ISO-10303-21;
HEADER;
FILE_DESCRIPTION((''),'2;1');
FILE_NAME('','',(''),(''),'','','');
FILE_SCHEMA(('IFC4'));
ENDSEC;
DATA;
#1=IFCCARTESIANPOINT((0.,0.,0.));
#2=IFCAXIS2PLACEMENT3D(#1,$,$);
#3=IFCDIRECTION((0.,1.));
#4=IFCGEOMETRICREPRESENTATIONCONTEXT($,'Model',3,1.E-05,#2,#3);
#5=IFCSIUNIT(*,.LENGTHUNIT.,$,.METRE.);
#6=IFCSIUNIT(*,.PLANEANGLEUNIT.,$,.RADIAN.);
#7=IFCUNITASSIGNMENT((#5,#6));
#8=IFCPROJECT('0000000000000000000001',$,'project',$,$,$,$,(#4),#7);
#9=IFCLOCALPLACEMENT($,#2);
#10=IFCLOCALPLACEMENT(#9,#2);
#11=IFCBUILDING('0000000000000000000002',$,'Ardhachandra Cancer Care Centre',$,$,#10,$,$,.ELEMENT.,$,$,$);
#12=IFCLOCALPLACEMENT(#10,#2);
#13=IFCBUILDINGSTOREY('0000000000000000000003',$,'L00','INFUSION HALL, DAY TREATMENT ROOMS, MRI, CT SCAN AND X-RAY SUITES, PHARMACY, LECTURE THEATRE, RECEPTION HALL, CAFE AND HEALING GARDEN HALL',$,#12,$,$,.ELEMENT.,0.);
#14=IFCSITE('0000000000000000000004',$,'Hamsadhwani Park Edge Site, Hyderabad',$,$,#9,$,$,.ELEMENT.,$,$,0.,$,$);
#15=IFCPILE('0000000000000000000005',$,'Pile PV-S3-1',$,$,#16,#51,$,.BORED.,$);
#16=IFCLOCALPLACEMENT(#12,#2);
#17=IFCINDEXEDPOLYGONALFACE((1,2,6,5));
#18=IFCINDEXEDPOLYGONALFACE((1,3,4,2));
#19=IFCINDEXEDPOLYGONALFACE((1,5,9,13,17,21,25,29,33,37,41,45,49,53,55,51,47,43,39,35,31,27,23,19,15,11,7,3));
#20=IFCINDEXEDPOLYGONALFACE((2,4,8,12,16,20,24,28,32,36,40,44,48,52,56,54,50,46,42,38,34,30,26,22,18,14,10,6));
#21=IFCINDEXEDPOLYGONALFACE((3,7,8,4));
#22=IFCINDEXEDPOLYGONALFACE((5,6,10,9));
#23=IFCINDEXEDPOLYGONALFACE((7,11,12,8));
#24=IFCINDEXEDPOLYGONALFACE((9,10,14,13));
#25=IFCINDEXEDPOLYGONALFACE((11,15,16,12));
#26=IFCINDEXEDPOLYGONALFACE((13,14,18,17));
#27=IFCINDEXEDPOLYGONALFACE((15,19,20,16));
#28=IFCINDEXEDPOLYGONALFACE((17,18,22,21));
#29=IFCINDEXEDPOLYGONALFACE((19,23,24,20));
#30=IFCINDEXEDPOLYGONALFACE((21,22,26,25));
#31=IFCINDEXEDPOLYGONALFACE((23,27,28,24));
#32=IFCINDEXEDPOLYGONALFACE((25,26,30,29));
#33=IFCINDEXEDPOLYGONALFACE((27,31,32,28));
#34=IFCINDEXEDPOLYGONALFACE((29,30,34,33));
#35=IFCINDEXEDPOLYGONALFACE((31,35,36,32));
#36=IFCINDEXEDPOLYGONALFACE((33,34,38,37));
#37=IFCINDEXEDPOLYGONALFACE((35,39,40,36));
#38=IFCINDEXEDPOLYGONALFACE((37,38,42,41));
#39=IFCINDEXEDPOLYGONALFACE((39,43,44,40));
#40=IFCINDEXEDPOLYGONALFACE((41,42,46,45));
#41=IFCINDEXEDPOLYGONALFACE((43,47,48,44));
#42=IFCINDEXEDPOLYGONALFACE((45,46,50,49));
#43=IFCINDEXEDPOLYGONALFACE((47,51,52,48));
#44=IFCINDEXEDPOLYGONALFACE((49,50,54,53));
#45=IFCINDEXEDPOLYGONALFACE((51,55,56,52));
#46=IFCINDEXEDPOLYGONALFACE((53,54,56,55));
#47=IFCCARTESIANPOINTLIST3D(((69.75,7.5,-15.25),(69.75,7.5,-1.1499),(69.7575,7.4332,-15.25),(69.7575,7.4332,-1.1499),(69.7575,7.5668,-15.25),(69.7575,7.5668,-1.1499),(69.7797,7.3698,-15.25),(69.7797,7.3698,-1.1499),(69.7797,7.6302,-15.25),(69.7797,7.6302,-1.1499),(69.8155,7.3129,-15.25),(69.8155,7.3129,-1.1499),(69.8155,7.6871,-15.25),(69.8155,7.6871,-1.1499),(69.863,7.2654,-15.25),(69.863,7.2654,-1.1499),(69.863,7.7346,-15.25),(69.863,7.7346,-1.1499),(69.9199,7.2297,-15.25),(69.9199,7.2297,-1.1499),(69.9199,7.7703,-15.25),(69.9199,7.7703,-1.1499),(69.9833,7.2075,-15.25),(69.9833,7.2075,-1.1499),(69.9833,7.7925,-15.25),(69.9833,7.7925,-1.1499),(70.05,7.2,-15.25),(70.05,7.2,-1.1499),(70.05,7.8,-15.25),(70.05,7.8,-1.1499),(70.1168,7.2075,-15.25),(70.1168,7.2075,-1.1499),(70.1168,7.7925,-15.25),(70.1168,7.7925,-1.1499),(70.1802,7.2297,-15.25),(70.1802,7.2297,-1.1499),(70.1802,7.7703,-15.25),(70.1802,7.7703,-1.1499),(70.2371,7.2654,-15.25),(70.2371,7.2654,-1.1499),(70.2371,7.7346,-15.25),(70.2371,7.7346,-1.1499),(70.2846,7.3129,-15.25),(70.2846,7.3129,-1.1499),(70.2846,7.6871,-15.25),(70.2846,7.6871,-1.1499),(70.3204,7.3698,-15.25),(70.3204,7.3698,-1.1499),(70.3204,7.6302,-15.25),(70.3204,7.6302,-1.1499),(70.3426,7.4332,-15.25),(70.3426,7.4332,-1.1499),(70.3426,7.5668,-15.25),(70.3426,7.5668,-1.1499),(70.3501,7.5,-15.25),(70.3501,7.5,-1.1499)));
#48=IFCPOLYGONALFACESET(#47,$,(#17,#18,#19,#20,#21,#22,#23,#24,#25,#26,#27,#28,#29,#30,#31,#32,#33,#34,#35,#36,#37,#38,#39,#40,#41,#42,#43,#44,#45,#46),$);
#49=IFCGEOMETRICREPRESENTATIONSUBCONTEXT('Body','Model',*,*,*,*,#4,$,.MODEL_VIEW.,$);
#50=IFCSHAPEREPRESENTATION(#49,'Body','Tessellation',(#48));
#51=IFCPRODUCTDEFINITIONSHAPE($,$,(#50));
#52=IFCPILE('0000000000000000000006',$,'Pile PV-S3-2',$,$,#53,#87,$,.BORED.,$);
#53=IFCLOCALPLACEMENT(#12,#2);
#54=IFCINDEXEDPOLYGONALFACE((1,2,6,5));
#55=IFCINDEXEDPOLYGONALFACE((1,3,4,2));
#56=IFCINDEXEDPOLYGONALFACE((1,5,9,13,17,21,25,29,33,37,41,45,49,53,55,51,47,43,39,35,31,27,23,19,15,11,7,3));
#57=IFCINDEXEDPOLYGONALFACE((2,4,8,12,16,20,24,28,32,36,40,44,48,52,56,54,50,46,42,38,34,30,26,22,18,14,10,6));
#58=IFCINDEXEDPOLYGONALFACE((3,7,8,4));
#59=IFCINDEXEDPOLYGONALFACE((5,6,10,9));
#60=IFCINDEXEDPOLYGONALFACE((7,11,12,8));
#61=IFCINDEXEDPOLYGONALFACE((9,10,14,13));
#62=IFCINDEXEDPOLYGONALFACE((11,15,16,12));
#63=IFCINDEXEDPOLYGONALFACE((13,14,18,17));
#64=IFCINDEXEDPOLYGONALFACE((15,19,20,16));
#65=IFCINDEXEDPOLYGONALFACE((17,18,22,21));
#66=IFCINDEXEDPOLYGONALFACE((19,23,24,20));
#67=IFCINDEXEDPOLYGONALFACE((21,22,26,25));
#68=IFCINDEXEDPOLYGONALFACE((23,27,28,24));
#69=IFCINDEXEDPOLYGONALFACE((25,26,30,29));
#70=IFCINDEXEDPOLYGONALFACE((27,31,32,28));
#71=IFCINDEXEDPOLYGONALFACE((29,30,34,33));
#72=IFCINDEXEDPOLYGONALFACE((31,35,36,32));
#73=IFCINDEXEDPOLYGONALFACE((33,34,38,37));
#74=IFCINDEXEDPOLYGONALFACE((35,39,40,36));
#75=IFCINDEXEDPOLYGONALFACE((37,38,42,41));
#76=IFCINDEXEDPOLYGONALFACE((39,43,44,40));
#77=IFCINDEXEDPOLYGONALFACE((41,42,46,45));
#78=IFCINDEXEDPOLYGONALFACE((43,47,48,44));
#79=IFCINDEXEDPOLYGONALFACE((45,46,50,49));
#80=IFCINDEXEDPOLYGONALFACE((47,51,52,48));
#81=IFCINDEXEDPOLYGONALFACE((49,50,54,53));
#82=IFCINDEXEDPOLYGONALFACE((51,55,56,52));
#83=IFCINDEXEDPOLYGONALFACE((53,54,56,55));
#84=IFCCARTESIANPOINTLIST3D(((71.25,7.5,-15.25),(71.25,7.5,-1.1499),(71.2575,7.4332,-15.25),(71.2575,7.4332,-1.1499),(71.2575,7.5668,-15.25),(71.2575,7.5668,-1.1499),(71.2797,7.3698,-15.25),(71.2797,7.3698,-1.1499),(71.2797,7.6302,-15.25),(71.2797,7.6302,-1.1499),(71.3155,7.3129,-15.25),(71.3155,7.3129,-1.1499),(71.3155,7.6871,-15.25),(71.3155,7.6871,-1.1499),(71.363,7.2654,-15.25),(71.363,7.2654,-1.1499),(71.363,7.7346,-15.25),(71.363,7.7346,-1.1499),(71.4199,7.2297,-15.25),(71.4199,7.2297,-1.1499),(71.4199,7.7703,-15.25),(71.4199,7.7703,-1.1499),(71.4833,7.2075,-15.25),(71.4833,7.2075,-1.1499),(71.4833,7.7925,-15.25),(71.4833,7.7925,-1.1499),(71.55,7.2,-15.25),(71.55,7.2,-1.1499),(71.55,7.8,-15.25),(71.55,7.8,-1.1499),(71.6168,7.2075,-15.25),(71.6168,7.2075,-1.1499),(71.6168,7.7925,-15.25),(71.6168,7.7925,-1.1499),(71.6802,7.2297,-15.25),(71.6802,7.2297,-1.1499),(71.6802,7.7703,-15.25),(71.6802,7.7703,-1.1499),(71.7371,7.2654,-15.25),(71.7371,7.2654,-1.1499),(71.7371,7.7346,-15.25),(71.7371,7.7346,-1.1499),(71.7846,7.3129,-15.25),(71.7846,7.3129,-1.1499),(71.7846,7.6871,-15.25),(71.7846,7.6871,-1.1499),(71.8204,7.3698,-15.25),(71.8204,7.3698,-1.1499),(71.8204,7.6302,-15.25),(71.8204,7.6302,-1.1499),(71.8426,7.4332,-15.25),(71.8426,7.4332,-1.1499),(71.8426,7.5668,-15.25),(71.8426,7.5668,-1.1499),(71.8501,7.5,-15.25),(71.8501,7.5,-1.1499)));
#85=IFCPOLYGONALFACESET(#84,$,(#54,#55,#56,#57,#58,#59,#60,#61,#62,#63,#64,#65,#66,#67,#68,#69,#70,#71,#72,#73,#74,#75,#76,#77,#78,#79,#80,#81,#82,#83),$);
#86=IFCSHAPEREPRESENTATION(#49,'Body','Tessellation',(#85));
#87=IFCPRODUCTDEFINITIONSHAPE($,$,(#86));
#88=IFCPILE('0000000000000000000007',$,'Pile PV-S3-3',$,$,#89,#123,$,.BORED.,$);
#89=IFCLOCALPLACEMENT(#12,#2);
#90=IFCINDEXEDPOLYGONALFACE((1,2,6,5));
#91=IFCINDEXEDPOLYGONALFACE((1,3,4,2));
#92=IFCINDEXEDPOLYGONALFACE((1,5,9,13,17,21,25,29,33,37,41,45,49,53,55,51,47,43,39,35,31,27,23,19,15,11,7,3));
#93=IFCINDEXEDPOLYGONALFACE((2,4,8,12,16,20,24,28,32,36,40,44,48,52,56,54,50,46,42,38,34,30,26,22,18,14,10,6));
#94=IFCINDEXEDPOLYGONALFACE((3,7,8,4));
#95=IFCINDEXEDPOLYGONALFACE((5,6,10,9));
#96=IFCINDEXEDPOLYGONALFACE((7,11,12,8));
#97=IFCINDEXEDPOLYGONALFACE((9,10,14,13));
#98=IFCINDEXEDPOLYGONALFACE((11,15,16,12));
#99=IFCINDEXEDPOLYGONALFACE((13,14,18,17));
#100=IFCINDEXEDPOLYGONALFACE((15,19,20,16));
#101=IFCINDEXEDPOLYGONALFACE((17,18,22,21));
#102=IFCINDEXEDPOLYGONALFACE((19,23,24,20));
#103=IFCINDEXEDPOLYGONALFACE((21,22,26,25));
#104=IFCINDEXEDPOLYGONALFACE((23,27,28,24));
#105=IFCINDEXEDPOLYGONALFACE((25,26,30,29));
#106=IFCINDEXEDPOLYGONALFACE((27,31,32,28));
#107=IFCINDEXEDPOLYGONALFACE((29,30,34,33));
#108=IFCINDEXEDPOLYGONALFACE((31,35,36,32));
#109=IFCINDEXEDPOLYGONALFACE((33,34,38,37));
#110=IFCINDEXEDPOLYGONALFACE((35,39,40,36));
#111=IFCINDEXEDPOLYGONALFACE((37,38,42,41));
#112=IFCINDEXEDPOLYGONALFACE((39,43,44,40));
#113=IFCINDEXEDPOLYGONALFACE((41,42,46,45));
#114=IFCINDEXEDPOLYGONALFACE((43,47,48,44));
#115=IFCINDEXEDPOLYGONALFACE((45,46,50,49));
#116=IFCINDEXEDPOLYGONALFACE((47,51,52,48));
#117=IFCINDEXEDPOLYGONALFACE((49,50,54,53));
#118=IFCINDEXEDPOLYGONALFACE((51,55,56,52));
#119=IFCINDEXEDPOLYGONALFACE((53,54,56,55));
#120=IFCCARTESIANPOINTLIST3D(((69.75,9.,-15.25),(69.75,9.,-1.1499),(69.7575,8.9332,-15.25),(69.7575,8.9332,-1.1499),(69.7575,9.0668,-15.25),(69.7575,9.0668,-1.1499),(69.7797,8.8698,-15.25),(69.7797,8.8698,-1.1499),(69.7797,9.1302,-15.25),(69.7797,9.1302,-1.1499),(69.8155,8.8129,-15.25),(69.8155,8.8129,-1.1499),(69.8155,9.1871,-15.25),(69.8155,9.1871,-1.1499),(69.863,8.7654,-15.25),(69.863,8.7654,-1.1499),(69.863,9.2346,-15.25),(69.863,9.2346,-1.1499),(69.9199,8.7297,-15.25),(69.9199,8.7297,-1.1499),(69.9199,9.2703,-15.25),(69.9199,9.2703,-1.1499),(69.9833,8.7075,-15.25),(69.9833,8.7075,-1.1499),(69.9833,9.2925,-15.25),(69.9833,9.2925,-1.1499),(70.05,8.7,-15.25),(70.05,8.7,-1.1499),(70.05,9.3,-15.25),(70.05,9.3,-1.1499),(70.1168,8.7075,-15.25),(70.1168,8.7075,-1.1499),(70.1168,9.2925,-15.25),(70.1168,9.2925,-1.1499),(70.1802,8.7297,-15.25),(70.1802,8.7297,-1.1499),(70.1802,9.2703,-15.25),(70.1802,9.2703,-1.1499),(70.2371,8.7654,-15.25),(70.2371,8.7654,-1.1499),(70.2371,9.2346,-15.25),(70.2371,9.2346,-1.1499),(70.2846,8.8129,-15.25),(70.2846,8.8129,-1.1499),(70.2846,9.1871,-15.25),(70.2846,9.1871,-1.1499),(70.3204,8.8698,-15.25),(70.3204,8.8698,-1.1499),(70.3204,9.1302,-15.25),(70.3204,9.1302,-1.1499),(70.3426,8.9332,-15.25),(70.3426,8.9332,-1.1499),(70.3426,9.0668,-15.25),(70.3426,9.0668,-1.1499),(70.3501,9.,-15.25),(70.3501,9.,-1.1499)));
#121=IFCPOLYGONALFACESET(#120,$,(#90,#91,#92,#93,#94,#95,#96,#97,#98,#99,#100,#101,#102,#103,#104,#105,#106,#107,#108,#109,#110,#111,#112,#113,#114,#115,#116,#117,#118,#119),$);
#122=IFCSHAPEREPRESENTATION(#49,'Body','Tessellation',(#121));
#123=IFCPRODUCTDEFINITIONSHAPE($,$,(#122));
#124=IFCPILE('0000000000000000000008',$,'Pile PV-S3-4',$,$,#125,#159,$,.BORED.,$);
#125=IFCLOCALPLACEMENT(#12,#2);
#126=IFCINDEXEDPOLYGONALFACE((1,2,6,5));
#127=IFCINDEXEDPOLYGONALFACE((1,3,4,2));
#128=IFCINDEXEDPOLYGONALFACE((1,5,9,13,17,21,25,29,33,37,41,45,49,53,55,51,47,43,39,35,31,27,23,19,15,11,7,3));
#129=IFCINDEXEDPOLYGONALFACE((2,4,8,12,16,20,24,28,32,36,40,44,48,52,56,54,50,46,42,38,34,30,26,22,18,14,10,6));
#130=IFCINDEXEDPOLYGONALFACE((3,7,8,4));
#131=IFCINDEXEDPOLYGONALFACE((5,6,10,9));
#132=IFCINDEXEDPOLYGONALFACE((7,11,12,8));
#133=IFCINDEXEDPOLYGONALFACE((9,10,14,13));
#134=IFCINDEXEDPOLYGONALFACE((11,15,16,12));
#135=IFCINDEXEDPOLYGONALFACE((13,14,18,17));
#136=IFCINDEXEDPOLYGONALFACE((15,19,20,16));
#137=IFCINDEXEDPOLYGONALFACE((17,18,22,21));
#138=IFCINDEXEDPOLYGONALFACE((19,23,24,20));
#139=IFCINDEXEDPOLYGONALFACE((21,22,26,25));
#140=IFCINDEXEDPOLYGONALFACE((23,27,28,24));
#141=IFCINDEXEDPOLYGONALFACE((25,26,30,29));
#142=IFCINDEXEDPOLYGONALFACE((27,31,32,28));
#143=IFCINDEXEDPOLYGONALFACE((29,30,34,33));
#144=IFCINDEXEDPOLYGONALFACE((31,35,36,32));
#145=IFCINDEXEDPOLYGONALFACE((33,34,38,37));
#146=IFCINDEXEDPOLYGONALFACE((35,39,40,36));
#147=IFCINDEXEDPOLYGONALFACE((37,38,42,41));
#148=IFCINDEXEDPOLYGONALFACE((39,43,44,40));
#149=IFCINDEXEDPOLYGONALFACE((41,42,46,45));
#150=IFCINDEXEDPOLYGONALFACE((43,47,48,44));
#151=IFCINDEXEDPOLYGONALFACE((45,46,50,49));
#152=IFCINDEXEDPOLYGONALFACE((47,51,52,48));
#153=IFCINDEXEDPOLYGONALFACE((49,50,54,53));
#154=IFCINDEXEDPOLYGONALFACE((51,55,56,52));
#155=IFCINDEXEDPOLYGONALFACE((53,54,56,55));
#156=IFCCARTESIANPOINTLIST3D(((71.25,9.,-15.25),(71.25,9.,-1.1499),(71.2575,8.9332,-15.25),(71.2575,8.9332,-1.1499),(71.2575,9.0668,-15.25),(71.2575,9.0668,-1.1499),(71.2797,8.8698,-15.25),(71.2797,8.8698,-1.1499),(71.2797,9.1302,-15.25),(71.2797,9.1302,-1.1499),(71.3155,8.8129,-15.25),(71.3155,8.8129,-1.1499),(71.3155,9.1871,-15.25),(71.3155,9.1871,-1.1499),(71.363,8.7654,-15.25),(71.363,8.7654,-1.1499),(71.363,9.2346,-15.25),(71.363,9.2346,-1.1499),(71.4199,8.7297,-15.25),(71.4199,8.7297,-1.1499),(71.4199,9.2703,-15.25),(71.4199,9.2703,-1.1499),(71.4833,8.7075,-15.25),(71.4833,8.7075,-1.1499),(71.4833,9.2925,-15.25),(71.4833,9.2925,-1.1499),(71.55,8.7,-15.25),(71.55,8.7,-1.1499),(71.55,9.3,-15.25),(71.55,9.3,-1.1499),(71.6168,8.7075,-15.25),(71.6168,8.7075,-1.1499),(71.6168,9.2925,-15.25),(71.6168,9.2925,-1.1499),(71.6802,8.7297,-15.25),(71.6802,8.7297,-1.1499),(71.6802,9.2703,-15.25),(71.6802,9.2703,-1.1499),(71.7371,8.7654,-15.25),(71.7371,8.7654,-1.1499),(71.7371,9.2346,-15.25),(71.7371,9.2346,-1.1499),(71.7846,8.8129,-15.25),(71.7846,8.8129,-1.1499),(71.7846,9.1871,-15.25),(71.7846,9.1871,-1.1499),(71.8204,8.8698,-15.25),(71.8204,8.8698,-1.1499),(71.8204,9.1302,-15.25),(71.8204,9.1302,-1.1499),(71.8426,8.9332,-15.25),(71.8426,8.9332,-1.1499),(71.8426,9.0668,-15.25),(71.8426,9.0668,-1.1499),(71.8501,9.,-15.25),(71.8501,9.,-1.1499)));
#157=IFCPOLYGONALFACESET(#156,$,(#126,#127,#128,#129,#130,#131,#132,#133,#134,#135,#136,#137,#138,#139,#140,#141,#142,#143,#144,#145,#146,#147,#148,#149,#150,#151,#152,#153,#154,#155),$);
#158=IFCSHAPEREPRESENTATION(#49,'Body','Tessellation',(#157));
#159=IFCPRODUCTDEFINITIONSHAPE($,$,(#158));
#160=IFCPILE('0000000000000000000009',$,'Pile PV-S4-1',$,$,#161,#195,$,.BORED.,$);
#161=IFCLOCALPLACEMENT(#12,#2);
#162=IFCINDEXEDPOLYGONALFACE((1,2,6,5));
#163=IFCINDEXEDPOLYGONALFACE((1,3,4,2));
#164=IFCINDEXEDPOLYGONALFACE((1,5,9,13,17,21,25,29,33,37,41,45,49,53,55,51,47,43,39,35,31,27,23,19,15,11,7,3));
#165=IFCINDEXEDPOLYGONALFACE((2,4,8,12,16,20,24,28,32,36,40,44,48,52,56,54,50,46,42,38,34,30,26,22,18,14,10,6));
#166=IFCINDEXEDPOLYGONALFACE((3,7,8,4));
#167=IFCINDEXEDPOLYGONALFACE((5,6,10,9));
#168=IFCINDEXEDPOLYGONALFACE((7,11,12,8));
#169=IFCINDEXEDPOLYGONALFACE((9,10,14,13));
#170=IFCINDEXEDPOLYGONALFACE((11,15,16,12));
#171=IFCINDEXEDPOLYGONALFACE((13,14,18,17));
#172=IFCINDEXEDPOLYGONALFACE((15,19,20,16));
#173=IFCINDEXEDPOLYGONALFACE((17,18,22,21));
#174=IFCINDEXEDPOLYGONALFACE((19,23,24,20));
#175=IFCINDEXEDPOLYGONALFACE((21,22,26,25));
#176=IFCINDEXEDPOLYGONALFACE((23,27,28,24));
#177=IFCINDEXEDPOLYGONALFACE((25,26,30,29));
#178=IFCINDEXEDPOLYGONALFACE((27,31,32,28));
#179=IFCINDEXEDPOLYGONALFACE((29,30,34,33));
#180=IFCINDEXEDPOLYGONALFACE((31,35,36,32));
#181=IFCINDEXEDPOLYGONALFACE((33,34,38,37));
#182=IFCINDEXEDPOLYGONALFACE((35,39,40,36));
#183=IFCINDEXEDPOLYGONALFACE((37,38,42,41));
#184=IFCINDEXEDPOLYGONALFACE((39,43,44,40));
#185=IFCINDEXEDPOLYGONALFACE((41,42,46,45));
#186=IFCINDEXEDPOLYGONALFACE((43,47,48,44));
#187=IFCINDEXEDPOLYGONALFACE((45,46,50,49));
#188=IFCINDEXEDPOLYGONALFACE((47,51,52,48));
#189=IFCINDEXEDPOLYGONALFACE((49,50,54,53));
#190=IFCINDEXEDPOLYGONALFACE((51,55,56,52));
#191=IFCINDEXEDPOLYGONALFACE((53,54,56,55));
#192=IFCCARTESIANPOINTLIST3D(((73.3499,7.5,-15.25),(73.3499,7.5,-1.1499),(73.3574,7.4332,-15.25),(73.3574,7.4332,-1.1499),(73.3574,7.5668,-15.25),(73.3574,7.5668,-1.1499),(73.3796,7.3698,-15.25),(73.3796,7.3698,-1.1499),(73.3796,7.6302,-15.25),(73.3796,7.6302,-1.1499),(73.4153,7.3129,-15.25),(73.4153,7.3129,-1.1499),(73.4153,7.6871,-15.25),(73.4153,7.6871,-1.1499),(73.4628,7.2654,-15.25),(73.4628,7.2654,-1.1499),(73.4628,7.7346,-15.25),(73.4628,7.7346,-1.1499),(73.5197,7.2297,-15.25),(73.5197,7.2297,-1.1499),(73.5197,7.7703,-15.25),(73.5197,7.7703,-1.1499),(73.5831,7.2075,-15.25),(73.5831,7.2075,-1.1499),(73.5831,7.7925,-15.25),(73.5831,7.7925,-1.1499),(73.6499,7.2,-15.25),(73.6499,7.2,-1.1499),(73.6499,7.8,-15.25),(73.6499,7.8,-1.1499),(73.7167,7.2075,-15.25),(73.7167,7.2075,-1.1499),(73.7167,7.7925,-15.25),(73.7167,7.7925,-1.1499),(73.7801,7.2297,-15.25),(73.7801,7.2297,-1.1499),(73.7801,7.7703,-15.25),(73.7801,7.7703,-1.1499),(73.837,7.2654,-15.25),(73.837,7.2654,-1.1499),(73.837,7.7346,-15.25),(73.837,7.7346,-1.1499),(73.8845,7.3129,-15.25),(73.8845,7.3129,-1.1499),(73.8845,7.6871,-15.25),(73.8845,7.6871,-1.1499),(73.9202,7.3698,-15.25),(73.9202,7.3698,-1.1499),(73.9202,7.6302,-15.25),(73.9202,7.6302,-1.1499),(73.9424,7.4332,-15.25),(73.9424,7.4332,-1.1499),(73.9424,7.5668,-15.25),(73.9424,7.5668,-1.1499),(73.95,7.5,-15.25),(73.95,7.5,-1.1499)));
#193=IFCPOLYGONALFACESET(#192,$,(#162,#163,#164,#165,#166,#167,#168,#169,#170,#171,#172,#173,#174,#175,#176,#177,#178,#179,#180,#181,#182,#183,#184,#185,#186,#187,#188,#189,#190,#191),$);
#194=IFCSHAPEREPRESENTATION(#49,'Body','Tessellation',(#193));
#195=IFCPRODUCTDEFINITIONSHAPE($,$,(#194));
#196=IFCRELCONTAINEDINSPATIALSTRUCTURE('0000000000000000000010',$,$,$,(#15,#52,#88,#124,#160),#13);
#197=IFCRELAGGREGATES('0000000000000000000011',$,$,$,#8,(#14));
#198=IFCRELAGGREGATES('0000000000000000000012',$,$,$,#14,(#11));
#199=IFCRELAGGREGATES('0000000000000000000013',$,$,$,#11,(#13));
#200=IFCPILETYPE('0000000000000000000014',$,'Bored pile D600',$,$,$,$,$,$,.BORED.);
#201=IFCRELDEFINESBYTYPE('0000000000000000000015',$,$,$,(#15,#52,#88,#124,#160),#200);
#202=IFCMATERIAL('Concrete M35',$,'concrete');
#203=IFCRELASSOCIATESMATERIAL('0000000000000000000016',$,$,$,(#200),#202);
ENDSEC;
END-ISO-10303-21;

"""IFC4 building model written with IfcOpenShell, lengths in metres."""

from ifc_helpers import new_model, si_unit, direction, frame, origin, origin_2d, place, context, subcontext, project, spatial, circle, extrude, material, material_profile, profile_set, type_object, element, save


model = new_model("IFC4")

# Units and contexts
model_context = context("Model", 3, precision=1e-05, world=origin(), true_north=direction((0.0, 1.0)))
body_context = subcontext(model_context, "Body", "Model", "MODEL_VIEW")
ifc_project = project(units=[si_unit("LENGTHUNIT", "METRE"), si_unit("PLANEANGLEUNIT", "RADIAN")], contexts=[model_context])

# Site, building, storey
site_placement = place(None, origin())
site = spatial("IfcSite", under=ifc_project, at=site_placement, Name="Hamsadhwani Park Edge Site, Hyderabad", CompositionType="ELEMENT", RefElevation=0.0)
building_placement = place(site_placement, origin())
building = spatial("IfcBuilding", under=site, at=building_placement, Name="Ardhachandra Cancer Care Centre", CompositionType="ELEMENT")
storey_placement = place(building_placement, origin())
storey = spatial("IfcBuildingStorey", under=building, at=storey_placement, Name="L00", Description="INFUSION HALL, DAY TREATMENT ROOMS, MRI, CT SCAN AND X-RAY SUITES, PHARMACY, LECTURE THEATRE, RECEPTION HALL, CAFE AND HEALING GARDEN HALL", CompositionType="ELEMENT", Elevation=0.0)

# Piles
ifc_material_1 = material(Name="Concrete M35", Category="concrete")
ifc_material_profile_1 = material_profile(ifc_material_1, circle(Radius=0.3, at=origin_2d()), Name="D600")
ifc_profile_set_1 = profile_set([ifc_material_profile_1], Name="Concrete M35")
pile_type = type_object("IfcPileType", Name="Bored pile D600", PredefinedType="BORED", material=ifc_profile_set_1)
for number, where, z_axis, x_axis, name in (
    (1, (70.05, 7.5, -1.1499), (0.0, 0.0, -1.0), (1.0, 0.0, 0.0), "Pile PV-S3-1"),
    (2, (71.55, 7.5, -1.1499), (0.0, 0.0, -1.0), (1.0, 0.0, 0.0), "Pile PV-S3-2"),
    (3, (70.05, 9.0, -1.1499), (0.0, 0.0, -1.0), (1.0, 0.0, 0.0), "Pile PV-S3-3"),
    (4, (71.55, 9.0, -1.1499), (0.0, 0.0, -1.0), (1.0, 0.0, 0.0), "Pile PV-S3-4"),
    (5, (73.6499, 7.5, -1.1499), (0.0, 0.0, -1.0), (1.0, 0.0, 0.0), "Pile PV-S4-1"),
):
    element("IfcPile", number, at=place(storey_placement, frame(where, z_axis=z_axis, x_axis=x_axis)), inside=storey, type_object=pile_type, Name=name, PredefinedType="BORED", context=body_context, shape_type="SweptSolid", body=[
        extrude(circle(Radius=0.3, at=origin_2d()), origin(), (0.0, 0.0, 1.0), 14.1001),
    ])

save(model, "model.ifc")
